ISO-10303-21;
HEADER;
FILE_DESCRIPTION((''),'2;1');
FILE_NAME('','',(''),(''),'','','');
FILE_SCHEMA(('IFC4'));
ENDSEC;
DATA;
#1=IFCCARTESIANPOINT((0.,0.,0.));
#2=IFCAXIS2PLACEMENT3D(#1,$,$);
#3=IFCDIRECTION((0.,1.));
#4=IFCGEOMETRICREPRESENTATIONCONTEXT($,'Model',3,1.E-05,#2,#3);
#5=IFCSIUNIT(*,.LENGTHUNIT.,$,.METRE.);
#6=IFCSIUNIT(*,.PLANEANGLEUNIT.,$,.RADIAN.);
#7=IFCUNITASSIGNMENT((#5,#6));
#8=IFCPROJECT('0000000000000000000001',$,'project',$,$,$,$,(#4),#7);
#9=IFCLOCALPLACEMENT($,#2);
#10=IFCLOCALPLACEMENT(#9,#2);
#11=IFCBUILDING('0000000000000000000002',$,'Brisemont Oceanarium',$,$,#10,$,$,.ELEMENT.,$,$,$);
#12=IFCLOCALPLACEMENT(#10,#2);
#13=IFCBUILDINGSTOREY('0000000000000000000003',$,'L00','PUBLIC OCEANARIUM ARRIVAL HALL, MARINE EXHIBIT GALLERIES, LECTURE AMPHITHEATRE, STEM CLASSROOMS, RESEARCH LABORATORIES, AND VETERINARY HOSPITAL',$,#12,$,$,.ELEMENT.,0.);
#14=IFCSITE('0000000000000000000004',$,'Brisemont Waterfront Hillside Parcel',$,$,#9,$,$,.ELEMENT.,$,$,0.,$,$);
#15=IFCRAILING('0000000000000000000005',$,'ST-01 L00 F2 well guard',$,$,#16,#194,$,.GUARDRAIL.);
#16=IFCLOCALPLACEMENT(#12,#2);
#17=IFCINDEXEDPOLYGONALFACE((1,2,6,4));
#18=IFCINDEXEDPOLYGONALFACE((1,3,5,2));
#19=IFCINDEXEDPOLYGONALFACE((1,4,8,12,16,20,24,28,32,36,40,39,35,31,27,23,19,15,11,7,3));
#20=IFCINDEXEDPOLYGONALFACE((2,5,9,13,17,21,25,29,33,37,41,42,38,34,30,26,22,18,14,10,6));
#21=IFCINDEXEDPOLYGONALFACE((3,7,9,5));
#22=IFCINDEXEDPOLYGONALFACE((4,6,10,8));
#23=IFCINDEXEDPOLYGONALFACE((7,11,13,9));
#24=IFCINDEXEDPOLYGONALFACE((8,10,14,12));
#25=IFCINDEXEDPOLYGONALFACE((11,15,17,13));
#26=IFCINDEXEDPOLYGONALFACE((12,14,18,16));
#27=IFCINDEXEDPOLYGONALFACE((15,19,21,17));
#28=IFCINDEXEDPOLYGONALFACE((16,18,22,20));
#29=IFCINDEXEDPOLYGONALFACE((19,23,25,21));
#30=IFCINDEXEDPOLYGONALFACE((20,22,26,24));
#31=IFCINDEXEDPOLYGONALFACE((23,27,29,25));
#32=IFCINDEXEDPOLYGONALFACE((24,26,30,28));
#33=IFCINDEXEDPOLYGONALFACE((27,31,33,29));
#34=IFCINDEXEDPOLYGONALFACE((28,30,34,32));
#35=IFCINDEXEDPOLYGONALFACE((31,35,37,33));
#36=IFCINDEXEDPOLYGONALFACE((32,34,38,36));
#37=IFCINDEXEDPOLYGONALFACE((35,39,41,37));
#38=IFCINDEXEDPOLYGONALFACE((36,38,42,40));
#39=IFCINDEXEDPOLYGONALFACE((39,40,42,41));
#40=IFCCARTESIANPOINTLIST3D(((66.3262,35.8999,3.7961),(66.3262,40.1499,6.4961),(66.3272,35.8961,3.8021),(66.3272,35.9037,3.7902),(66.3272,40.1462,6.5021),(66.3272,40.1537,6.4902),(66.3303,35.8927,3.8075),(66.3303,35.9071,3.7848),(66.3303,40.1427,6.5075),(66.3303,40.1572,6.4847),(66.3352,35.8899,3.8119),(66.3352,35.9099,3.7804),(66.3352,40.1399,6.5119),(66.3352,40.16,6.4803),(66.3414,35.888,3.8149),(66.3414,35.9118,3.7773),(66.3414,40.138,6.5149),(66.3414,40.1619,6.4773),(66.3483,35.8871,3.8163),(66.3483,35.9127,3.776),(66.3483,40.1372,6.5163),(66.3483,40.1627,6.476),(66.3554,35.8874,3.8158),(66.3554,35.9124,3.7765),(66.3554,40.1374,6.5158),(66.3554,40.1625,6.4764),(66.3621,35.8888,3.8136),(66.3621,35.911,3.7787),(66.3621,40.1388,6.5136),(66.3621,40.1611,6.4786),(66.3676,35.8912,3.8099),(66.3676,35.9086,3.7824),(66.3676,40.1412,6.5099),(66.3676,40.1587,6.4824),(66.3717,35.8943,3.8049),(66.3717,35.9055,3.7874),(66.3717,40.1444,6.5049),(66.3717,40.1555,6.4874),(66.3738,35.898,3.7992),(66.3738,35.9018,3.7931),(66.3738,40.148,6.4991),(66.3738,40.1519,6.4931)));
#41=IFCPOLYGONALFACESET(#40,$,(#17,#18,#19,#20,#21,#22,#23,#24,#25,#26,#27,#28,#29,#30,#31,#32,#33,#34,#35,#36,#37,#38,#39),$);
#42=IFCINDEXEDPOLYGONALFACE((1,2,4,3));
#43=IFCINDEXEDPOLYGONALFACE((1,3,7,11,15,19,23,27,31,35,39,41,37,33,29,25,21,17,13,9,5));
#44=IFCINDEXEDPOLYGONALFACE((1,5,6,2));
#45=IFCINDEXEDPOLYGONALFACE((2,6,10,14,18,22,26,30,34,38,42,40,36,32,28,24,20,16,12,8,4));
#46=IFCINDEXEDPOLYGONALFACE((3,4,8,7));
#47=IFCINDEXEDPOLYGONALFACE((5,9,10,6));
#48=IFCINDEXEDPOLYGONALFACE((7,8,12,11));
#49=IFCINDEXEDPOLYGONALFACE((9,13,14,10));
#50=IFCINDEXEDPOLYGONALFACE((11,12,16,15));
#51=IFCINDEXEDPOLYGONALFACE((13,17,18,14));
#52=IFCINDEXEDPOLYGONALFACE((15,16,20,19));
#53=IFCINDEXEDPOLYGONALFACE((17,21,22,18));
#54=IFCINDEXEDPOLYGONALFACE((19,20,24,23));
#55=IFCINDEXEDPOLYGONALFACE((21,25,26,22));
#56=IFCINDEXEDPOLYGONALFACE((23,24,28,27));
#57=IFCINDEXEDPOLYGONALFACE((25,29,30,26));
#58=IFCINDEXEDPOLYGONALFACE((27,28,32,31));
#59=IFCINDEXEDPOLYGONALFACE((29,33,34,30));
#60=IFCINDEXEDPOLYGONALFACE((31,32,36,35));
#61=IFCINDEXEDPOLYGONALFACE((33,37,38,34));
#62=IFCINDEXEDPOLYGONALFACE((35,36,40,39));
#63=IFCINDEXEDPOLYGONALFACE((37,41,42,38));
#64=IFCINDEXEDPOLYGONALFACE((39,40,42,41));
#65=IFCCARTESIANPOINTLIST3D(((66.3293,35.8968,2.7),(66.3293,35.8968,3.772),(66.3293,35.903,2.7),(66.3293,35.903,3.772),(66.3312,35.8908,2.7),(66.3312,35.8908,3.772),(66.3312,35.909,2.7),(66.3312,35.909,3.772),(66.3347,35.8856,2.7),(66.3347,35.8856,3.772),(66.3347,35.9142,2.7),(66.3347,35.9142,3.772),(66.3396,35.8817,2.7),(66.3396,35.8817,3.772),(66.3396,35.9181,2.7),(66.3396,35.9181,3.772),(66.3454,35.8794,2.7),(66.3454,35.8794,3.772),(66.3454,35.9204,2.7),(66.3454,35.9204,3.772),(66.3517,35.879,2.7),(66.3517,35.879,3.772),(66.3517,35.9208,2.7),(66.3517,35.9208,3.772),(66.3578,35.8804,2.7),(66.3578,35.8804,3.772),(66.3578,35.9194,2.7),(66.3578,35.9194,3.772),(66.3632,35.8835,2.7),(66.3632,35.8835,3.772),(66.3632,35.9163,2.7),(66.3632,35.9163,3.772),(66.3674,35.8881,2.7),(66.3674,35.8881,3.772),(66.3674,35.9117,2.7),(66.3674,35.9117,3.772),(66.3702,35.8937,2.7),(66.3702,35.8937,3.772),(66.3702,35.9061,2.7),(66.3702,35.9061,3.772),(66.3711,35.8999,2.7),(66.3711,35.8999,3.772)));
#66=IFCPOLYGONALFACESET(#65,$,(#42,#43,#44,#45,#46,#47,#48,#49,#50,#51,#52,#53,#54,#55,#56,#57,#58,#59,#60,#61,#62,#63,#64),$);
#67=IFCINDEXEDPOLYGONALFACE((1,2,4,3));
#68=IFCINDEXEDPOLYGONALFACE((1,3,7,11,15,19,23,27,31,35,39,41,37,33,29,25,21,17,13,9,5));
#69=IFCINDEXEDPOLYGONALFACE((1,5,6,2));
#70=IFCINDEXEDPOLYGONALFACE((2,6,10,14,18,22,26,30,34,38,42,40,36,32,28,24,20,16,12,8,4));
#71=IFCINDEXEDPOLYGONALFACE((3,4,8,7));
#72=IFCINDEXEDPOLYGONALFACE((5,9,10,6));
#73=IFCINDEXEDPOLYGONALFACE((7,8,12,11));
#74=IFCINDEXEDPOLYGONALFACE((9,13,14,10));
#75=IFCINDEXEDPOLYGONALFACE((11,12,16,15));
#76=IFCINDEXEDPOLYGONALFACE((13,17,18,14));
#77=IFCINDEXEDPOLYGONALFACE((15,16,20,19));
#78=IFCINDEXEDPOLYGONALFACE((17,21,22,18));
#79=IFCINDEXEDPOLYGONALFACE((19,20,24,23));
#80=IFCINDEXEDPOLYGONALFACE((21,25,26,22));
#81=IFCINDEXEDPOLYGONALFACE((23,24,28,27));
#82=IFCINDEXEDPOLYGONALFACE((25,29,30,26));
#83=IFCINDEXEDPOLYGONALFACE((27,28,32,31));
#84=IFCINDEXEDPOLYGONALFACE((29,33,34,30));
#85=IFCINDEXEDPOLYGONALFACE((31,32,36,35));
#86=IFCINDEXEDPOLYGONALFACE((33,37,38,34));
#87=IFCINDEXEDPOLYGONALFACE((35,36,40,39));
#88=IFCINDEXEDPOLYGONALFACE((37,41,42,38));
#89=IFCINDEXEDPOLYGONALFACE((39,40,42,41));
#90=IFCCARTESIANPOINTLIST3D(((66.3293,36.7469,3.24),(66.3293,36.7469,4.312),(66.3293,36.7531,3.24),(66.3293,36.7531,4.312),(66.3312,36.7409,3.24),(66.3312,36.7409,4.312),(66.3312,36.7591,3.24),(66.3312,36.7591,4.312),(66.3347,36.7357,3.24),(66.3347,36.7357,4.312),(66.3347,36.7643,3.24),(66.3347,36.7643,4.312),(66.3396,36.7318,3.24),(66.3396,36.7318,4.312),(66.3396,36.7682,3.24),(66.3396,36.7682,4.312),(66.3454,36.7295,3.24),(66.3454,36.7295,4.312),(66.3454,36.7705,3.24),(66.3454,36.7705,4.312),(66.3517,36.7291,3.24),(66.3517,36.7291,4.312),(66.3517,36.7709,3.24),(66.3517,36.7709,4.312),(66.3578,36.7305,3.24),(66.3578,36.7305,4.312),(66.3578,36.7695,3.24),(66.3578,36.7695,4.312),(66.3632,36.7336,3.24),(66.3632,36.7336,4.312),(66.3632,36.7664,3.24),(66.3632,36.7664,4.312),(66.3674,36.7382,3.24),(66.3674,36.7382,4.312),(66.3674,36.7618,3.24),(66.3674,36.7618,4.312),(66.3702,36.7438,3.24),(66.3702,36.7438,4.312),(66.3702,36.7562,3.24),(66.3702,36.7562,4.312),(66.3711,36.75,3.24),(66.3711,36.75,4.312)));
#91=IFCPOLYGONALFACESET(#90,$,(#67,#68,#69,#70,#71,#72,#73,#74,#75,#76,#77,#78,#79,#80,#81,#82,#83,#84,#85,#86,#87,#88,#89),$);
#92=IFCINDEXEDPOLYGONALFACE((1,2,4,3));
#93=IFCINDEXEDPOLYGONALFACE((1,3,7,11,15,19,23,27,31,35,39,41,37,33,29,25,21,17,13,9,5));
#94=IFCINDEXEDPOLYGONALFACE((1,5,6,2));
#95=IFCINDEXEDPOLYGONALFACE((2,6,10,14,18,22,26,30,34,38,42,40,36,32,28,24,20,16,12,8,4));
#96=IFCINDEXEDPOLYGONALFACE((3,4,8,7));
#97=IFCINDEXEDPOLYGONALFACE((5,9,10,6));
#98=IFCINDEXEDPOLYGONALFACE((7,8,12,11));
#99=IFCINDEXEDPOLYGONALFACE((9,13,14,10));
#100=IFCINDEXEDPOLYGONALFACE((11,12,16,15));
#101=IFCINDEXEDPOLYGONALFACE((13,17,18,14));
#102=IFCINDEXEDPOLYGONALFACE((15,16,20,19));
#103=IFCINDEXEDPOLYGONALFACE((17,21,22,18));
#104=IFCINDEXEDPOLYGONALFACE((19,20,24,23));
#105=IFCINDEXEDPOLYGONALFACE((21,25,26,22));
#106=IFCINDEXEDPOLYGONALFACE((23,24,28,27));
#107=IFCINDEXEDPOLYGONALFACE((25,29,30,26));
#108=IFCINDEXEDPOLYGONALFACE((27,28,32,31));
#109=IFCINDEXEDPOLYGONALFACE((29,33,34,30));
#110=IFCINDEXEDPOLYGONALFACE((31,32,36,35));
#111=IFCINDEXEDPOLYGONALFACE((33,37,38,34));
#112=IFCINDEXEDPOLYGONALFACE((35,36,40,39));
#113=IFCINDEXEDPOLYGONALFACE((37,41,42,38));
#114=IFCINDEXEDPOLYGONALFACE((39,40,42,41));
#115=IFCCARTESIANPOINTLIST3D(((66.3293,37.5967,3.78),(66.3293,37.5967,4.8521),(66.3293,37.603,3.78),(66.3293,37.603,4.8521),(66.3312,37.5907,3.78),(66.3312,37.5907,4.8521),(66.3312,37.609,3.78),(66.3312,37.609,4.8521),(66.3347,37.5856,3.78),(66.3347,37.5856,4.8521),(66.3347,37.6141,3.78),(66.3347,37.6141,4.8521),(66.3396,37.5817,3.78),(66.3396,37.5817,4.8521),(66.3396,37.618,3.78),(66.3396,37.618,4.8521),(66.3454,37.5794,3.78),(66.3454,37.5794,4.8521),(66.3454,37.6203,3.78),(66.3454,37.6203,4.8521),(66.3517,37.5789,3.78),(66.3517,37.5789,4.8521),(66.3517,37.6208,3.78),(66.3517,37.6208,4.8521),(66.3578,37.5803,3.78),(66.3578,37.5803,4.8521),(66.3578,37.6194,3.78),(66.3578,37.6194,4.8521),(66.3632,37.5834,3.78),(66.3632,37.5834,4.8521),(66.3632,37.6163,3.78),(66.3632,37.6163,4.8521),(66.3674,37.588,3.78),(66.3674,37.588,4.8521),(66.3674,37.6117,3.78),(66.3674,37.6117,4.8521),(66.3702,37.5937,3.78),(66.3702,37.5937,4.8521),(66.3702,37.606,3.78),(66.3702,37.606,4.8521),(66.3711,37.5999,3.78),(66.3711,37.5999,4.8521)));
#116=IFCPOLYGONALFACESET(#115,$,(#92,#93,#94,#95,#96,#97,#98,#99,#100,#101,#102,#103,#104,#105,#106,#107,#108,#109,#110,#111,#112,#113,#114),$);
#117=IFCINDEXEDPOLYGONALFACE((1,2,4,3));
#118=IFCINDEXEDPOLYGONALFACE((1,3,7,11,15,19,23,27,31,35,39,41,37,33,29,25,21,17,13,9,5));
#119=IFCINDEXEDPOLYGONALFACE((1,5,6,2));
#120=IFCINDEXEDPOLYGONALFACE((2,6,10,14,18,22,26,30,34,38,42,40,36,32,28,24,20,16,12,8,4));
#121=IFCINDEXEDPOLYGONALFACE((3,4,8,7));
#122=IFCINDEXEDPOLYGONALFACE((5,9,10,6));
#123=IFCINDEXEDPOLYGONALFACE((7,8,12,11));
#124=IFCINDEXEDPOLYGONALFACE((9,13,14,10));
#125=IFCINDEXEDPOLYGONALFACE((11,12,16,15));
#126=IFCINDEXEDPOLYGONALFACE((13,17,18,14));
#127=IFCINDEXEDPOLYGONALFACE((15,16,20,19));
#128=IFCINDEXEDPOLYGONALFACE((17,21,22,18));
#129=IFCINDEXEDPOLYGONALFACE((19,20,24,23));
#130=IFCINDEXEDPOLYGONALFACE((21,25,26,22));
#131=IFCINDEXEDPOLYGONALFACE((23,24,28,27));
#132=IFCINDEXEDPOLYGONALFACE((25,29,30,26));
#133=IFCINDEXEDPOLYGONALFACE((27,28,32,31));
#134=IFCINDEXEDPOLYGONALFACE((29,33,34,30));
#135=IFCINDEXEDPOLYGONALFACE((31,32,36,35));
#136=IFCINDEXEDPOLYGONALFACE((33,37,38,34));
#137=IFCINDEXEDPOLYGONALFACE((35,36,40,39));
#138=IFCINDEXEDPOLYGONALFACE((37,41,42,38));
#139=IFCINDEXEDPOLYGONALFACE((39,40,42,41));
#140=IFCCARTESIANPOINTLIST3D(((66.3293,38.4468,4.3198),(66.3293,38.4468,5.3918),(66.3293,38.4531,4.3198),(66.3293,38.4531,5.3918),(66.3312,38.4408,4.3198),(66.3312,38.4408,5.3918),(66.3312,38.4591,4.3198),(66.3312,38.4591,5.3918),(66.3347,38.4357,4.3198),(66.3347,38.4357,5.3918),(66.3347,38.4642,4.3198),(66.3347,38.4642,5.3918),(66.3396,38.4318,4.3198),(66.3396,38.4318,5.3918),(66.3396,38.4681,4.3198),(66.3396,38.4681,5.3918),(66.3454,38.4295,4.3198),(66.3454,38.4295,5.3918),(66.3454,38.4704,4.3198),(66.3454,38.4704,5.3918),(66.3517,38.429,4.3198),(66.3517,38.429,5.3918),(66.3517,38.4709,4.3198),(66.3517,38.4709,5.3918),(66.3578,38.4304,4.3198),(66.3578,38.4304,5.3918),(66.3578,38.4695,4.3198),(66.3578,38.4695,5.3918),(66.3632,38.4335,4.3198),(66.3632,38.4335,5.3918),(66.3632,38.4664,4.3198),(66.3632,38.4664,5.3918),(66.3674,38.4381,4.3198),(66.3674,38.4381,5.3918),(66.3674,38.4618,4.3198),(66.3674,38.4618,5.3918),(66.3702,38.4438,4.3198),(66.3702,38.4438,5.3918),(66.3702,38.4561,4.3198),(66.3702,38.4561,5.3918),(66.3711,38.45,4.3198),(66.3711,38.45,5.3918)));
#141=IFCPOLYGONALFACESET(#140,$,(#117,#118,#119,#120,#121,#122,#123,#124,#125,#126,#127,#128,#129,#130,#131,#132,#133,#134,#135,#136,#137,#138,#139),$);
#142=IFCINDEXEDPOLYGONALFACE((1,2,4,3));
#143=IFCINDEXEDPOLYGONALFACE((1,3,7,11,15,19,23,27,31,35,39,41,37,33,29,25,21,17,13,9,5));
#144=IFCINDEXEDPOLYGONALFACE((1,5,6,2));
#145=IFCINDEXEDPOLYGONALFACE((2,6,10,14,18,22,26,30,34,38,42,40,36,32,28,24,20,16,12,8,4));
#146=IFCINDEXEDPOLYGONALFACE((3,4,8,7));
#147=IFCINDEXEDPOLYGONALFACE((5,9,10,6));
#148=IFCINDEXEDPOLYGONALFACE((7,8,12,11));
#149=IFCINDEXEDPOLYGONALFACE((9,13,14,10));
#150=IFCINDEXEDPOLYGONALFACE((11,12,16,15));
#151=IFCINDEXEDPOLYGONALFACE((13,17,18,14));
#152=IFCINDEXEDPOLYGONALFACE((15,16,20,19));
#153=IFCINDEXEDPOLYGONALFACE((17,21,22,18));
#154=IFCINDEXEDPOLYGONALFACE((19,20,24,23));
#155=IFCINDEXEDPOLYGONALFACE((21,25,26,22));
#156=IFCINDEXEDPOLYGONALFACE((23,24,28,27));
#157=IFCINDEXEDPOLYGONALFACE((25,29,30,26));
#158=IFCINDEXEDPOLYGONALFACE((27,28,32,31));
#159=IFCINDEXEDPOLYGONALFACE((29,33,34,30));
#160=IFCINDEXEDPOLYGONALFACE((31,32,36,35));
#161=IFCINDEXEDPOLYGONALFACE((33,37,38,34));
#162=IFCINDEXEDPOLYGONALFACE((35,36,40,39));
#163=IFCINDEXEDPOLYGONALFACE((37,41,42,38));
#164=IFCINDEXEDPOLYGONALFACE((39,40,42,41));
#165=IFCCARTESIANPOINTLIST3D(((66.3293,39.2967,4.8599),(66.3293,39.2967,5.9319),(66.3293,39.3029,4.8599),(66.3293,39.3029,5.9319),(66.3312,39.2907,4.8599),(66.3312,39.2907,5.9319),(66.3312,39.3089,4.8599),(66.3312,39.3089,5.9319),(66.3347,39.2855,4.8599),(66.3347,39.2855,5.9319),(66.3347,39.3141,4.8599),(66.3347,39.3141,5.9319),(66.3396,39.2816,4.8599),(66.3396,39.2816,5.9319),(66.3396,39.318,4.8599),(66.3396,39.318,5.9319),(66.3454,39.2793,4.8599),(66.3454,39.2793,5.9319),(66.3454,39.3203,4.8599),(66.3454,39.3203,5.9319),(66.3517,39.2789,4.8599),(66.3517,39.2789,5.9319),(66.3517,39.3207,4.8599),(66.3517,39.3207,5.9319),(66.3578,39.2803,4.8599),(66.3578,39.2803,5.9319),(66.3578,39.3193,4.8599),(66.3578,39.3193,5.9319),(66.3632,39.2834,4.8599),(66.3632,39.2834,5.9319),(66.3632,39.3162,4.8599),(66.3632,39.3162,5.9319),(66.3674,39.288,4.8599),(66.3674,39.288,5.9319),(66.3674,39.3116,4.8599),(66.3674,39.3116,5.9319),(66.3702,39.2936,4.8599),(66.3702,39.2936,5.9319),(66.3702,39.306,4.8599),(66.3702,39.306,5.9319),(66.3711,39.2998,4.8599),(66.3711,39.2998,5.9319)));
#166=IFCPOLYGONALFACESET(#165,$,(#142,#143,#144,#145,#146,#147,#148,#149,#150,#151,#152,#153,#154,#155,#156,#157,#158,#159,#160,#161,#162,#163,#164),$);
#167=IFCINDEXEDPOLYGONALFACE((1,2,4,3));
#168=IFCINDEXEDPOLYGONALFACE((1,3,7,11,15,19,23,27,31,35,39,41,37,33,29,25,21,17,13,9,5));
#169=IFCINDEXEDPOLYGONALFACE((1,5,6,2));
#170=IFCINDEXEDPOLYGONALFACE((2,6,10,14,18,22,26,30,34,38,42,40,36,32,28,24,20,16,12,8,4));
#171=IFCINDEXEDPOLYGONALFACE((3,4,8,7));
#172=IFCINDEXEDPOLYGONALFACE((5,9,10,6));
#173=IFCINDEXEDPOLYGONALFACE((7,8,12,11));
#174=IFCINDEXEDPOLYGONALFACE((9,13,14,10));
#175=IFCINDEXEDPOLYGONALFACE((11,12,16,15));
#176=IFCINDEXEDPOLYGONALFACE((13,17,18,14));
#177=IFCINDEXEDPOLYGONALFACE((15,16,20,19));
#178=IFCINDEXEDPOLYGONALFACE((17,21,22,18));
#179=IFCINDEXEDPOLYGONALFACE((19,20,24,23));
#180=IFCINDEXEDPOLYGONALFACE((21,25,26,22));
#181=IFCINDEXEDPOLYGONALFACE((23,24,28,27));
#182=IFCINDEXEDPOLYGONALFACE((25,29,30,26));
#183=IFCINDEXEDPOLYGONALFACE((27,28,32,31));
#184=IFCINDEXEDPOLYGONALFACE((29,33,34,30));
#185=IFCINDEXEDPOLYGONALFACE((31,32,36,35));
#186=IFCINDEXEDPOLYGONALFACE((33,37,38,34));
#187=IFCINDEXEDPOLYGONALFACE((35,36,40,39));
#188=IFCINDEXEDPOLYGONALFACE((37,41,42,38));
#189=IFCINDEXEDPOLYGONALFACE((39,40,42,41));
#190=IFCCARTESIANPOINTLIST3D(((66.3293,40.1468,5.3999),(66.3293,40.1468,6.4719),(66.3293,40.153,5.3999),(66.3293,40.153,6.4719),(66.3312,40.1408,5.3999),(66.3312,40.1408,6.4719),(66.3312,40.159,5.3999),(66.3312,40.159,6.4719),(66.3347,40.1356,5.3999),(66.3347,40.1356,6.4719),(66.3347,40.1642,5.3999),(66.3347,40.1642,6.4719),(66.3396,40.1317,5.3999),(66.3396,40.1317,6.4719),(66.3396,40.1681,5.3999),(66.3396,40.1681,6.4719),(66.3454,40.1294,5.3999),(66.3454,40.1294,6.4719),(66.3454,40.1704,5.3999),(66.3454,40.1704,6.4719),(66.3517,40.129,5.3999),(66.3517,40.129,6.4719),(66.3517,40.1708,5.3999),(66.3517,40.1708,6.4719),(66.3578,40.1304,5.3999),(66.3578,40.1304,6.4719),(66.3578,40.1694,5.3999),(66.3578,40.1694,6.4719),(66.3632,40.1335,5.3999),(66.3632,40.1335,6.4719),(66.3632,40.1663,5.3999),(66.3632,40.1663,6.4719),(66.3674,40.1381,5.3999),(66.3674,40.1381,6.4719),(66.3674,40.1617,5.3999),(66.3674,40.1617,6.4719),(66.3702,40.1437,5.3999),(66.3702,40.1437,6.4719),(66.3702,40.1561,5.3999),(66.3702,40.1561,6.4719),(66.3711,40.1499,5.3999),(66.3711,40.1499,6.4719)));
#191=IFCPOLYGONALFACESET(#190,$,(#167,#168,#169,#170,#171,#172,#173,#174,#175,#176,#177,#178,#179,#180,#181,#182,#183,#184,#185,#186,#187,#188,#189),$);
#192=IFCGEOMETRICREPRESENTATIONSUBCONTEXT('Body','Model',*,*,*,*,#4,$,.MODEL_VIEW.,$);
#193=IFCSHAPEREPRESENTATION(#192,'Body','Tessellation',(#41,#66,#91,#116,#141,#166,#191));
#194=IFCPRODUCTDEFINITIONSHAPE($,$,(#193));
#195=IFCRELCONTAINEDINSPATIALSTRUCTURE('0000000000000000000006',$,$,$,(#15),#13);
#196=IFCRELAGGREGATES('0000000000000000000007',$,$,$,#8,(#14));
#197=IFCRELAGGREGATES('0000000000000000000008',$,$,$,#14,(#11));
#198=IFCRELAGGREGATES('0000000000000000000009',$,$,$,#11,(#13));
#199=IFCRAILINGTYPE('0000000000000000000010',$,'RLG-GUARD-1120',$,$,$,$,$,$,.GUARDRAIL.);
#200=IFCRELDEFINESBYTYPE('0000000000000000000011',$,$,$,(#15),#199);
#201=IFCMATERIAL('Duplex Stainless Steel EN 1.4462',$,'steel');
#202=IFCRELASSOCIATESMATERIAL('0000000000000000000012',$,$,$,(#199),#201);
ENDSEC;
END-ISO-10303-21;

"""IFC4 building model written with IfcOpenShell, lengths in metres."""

from ifc_helpers import new_model, si_unit, direction, frame, origin, origin_2d, place, context, subcontext, project, spatial, circle, extrude, material, type_object, element, save


model = new_model("IFC4")

# Units and contexts
model_context = context("Model", 3, precision=1e-05, world=origin(), true_north=direction((0.0, 1.0)))
body_context = subcontext(model_context, "Body", "Model", "MODEL_VIEW")
ifc_project = project(units=[si_unit("LENGTHUNIT", "METRE"), si_unit("PLANEANGLEUNIT", "RADIAN")], contexts=[model_context])

# Site, building, storey
site_placement = place(None, origin())
site = spatial("IfcSite", under=ifc_project, at=site_placement, Name="Brisemont Waterfront Hillside Parcel", CompositionType="ELEMENT", RefElevation=0.0)
building_placement = place(site_placement, origin())
building = spatial("IfcBuilding", under=site, at=building_placement, Name="Brisemont Oceanarium", CompositionType="ELEMENT")
storey_placement = place(building_placement, origin())
storey = spatial("IfcBuildingStorey", under=building, at=storey_placement, Name="L00", Description="PUBLIC OCEANARIUM ARRIVAL HALL, MARINE EXHIBIT GALLERIES, LECTURE AMPHITHEATRE, STEM CLASSROOMS, RESEARCH LABORATORIES, AND VETERINARY HOSPITAL", CompositionType="ELEMENT", Elevation=0.0)

# Railing
ifc_material_1 = material(Name="Duplex Stainless Steel EN 1.4462", Category="steel")
railing_type_1 = type_object("IfcRailingType", Name="RLG-GUARD-1120", PredefinedType="GUARDRAIL", material=ifc_material_1)
railing_1_placement = place(storey_placement, frame((66.3501, 35.8999, 2.7)))
element("IfcRailing", 1, at=railing_1_placement, inside=storey, type_object=railing_type_1, Name="ST-01 L00 F2 well guard", PredefinedType="GUARDRAIL", context=body_context, shape_type="SweptSolid", body=[
    extrude(circle(Radius=0.0239, at=origin_2d()), frame((0.0, 0.0, 1.0962), z_axis=(0.0, 0.844075, 0.536226), x_axis=(-1.0, 0.0, 0.0)), (0.0, 0.0, 1.0), 5.0352),
    extrude(circle(Radius=0.021, at=origin_2d()), origin(), (0.0, 0.0, 1.0), 1.072),
    extrude(circle(Radius=0.021, at=origin_2d()), frame((0.0, 0.8501, 0.54)), (0.0, 0.0, 1.0), 1.072),
    extrude(circle(Radius=0.021, at=origin_2d()), frame((0.0, 1.7, 1.0801)), (0.0, 0.0, 1.0), 1.072),
    extrude(circle(Radius=0.021, at=origin_2d()), frame((0.0, 2.55, 1.6199)), (0.0, 0.0, 1.0), 1.072),
    extrude(circle(Radius=0.021, at=origin_2d()), frame((0.0, 3.3999, 2.1599)), (0.0, 0.0, 1.0), 1.072),
    extrude(circle(Radius=0.021, at=origin_2d()), frame((0.0, 4.25, 2.7)), (0.0, 0.0, 1.0), 1.072),
])

save(model, "model.ifc")
